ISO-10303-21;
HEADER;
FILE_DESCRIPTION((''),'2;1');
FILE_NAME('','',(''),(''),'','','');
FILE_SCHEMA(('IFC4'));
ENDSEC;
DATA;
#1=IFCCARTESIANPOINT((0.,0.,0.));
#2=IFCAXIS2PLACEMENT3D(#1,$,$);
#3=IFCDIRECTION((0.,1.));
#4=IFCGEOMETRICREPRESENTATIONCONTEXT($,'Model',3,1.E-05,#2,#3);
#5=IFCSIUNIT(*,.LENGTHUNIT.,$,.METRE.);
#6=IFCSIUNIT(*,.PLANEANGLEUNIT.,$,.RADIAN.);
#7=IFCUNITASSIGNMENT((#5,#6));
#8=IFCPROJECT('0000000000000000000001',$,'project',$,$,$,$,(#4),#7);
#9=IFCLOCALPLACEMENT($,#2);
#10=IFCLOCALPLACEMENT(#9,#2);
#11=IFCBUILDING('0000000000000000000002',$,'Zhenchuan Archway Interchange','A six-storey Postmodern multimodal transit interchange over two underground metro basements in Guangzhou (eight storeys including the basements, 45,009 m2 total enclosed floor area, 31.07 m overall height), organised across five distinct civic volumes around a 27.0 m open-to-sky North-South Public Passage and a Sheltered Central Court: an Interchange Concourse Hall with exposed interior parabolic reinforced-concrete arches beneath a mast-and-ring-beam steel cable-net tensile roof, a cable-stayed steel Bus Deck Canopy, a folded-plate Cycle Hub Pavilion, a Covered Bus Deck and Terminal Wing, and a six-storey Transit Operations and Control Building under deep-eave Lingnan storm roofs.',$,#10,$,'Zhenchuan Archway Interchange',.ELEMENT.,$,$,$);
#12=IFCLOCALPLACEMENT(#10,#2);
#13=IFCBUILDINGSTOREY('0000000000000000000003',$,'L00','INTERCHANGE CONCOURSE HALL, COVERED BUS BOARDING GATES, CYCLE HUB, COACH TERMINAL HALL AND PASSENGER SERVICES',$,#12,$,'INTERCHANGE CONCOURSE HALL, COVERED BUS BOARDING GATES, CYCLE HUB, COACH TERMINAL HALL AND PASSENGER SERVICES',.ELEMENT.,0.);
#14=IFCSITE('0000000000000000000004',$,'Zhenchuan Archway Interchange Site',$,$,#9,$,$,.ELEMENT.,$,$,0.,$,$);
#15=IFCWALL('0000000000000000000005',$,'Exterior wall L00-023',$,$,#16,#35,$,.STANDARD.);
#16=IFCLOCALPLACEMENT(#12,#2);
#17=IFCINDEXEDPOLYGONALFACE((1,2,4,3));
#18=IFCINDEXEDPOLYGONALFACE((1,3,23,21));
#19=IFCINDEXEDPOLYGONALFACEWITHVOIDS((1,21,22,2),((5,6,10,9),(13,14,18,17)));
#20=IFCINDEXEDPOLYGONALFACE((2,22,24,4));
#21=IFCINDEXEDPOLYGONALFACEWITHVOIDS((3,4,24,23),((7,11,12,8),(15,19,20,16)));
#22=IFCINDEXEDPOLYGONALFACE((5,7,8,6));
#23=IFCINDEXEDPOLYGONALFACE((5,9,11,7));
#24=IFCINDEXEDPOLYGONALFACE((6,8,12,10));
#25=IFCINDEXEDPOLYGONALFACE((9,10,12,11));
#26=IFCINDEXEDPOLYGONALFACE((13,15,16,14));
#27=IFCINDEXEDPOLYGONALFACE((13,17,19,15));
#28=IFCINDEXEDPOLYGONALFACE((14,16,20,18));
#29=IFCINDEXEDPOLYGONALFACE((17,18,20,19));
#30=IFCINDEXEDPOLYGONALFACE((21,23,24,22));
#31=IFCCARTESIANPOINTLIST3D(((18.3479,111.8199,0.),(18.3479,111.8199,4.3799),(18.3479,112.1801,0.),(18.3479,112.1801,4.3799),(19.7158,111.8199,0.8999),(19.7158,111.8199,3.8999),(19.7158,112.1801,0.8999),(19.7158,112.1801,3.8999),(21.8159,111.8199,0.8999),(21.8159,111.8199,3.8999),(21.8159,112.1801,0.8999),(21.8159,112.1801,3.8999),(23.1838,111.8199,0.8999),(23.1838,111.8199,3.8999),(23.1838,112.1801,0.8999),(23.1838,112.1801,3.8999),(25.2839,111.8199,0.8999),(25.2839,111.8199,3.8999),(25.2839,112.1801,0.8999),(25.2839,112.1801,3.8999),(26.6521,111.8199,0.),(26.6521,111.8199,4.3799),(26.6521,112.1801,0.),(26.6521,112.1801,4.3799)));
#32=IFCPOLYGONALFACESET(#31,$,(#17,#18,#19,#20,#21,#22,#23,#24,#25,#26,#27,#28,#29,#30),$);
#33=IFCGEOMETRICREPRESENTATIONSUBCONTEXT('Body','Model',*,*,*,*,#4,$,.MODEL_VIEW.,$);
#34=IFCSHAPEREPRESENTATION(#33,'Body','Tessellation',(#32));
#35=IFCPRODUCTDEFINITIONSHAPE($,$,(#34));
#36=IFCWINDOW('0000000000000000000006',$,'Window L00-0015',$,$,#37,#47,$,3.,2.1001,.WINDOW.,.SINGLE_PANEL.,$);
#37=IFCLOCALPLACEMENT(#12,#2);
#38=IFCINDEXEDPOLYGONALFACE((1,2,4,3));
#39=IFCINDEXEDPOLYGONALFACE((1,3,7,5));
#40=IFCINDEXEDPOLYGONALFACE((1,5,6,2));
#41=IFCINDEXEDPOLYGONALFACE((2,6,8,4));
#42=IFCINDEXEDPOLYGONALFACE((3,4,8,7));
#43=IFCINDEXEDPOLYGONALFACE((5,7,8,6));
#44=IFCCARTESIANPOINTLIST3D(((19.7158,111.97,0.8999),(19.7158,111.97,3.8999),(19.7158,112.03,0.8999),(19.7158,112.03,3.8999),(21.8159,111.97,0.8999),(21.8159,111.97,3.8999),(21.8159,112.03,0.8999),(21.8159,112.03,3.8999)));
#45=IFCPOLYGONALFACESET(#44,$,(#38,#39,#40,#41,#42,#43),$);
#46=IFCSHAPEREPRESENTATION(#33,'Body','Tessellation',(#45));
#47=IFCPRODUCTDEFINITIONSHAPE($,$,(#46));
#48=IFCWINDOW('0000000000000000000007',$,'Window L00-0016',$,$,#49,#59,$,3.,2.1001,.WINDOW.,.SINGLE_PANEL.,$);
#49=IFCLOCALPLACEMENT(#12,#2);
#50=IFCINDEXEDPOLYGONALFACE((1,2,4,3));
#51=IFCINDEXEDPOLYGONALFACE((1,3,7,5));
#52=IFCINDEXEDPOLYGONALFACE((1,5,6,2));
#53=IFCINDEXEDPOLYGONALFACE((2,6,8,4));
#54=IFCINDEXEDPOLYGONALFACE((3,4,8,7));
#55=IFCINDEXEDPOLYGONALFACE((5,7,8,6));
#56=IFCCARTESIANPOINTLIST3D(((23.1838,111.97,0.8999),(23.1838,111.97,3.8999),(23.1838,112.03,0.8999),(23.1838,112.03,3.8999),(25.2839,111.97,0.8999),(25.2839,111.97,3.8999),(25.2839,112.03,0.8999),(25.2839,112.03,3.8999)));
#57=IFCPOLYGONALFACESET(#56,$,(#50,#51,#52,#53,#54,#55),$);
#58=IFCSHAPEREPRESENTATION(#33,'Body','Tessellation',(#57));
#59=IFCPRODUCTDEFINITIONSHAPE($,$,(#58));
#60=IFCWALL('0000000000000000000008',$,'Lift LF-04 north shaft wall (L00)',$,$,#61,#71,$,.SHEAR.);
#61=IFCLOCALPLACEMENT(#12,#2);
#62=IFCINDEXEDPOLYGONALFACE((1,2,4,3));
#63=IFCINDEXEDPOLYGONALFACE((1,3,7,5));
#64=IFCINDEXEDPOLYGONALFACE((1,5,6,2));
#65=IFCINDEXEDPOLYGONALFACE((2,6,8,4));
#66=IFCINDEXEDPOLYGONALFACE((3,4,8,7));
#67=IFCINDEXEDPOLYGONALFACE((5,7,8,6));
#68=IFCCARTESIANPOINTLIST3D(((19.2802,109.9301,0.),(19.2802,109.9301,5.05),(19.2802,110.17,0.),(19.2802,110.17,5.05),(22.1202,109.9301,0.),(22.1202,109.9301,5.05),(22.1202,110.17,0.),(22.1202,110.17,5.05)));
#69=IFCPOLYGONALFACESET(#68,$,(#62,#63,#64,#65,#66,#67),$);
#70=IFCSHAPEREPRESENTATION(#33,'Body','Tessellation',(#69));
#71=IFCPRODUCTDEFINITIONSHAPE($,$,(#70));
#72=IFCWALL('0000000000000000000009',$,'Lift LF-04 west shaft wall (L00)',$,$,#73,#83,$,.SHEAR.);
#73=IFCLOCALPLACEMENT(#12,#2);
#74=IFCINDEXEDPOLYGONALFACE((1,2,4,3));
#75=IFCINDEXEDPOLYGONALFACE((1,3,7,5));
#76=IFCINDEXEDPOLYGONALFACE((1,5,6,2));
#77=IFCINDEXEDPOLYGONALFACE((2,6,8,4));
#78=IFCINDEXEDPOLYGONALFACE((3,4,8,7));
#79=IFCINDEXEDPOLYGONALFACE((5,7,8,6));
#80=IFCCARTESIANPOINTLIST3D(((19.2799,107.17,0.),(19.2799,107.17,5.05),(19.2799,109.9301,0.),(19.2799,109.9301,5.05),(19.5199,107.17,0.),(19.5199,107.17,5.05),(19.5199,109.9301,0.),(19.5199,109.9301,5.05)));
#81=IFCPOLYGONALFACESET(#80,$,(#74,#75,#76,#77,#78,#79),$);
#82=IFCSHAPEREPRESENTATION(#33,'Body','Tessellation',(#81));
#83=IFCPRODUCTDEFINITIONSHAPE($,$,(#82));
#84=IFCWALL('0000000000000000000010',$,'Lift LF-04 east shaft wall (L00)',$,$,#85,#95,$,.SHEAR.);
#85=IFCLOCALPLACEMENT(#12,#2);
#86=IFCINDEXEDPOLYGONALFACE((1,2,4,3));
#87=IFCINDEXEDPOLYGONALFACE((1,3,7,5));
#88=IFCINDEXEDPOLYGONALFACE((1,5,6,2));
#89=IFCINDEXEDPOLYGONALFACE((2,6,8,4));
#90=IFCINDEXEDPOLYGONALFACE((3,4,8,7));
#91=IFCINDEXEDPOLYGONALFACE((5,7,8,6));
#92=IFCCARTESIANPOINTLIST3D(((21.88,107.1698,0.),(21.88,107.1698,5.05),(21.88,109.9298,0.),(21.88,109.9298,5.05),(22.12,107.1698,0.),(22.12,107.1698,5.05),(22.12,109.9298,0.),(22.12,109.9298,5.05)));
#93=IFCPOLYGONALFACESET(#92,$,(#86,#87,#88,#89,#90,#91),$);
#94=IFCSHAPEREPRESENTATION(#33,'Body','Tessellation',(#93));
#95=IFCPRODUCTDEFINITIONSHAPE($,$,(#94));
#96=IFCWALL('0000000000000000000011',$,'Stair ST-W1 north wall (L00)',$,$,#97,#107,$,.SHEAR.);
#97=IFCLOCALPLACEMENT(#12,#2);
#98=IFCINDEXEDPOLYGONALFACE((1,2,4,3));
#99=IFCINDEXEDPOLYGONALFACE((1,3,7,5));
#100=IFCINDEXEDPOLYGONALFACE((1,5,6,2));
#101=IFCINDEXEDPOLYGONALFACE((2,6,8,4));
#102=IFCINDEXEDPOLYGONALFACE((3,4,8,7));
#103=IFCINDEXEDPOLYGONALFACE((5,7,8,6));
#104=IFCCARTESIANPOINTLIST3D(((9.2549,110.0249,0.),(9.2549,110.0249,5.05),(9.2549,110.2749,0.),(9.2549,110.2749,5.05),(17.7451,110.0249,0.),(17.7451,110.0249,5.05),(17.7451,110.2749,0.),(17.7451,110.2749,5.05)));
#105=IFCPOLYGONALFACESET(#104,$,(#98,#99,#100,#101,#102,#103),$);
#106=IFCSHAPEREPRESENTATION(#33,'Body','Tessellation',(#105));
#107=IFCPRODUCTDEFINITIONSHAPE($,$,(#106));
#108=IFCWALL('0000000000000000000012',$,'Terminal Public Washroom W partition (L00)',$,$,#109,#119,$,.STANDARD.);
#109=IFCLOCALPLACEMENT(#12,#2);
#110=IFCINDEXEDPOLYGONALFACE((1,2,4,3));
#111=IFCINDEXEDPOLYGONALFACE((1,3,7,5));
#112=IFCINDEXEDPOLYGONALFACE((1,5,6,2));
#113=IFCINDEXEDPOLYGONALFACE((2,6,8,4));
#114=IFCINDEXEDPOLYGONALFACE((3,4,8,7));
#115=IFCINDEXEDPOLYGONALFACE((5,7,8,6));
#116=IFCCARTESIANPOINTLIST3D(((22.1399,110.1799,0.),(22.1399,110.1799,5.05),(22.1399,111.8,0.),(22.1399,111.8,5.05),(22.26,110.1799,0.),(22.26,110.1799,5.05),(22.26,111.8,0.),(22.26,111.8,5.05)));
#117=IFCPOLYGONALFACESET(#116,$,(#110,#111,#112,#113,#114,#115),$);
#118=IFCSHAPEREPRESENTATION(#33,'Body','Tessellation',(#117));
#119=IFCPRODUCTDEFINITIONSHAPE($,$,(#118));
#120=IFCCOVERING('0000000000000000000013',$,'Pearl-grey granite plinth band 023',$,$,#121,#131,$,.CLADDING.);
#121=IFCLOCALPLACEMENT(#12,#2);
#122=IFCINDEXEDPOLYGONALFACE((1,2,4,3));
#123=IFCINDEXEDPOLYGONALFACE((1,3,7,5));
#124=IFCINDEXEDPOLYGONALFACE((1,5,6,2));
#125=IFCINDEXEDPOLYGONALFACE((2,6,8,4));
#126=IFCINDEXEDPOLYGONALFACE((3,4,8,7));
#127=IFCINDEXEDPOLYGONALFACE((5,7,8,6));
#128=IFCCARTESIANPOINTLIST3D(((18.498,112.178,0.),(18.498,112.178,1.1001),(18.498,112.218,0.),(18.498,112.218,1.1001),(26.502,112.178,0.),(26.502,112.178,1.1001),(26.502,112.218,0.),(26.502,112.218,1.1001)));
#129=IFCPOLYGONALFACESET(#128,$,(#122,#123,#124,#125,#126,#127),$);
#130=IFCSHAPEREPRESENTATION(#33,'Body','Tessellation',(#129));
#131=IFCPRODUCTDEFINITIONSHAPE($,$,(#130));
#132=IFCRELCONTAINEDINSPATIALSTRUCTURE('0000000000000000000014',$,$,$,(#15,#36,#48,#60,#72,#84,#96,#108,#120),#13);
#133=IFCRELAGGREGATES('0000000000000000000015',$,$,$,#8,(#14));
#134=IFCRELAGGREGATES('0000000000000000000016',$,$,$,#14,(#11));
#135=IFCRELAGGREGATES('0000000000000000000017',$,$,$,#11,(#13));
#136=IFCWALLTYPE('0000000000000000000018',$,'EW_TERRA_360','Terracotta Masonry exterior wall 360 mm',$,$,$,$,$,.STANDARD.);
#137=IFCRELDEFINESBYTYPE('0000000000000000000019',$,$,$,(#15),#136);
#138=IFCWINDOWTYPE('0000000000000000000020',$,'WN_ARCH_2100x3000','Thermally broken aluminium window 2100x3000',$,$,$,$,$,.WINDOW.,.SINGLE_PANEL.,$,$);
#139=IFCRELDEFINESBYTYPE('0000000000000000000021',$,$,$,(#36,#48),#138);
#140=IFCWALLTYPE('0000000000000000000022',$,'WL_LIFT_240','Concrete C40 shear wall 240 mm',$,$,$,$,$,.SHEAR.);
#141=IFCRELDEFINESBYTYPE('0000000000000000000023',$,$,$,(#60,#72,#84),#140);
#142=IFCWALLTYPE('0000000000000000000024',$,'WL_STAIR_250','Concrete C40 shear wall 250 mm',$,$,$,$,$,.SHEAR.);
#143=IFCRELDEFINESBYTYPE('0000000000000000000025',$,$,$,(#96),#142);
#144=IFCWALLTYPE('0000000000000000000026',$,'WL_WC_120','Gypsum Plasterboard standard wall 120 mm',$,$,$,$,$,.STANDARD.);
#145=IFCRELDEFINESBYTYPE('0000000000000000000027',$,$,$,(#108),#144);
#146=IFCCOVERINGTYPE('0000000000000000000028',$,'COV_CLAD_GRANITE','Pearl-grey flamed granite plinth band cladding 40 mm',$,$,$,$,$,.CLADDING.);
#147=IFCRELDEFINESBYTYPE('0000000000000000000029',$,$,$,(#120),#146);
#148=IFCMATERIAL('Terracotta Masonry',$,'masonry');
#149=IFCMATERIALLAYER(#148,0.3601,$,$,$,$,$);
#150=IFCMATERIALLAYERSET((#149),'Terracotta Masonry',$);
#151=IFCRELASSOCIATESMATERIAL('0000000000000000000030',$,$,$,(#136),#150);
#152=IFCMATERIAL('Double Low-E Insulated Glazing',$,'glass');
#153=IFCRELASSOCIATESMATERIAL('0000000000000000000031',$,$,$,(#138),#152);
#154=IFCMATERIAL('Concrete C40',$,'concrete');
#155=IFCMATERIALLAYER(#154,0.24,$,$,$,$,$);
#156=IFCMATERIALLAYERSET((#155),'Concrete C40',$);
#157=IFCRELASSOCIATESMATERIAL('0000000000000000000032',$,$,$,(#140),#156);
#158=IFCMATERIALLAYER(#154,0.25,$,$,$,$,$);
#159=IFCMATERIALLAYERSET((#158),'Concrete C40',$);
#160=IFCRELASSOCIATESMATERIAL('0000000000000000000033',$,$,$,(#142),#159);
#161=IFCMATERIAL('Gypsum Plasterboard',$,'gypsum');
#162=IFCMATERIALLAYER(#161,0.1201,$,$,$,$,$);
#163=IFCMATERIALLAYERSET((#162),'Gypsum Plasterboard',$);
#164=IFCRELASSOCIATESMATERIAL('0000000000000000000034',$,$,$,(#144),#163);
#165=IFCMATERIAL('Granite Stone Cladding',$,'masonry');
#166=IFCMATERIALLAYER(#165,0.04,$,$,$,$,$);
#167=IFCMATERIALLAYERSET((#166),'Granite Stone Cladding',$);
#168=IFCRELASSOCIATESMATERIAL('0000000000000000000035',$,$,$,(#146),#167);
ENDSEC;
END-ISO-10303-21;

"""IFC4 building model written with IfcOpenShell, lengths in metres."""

from ifc_helpers import new_model, si_unit, direction, frame, frame_2d, origin, origin_2d, place, context, subcontext, project, spatial, rectangle, extrude, material, layer, layer_set, type_object, element, fill, save


model = new_model("IFC4")

# Units and contexts
model_context = context("Model", 3, precision=1e-05, world=origin(), true_north=direction((0.0, 1.0)))
body_context = subcontext(model_context, "Body", "Model", "MODEL_VIEW")
ifc_project = project(units=[si_unit("LENGTHUNIT", "METRE"), si_unit("PLANEANGLEUNIT", "RADIAN")], contexts=[model_context])

# Site, building, storey
site_placement = place(None, origin())
site = spatial("IfcSite", under=ifc_project, at=site_placement, Name="Zhenchuan Archway Interchange Site", CompositionType="ELEMENT", RefElevation=0.0)
building_placement = place(site_placement, origin())
building = spatial("IfcBuilding", under=site, at=building_placement, Name="Zhenchuan Archway Interchange", Description="A six-storey Postmodern multimodal transit interchange over two underground metro basements in Guangzhou (eight storeys including the basements, 45,009 m2 total enclosed floor area, 31.07 m overall height), organised across five distinct civic volumes around a 27.0 m open-to-sky North-South Public Passage and a Sheltered Central Court: an Interchange Concourse Hall with exposed interior parabolic reinforced-concrete arches beneath a mast-and-ring-beam steel cable-net tensile roof, a cable-stayed steel Bus Deck Canopy, a folded-plate Cycle Hub Pavilion, a Covered Bus Deck and Terminal Wing, and a six-storey Transit Operations and Control Building under deep-eave Lingnan storm roofs.", LongName="Zhenchuan Archway Interchange", CompositionType="ELEMENT")
storey_placement = place(building_placement, origin())
storey = spatial("IfcBuildingStorey", under=building, at=storey_placement, Name="L00", Description="INTERCHANGE CONCOURSE HALL, COVERED BUS BOARDING GATES, CYCLE HUB, COACH TERMINAL HALL AND PASSENGER SERVICES", LongName="INTERCHANGE CONCOURSE HALL, COVERED BUS BOARDING GATES, CYCLE HUB, COACH TERMINAL HALL AND PASSENGER SERVICES", CompositionType="ELEMENT", Elevation=0.0)

# Shared definitions
ifc_material_1 = material(Name="Concrete C40", Category="concrete")

# Wall, openings, windows
ifc_material_2 = material(Name="Terracotta Masonry", Category="masonry")
ifc_layer_1 = layer(ifc_material_2, 0.3601)
ifc_layer_set_1 = layer_set([ifc_layer_1], Name="Terracotta Masonry")
wall_type_1 = type_object("IfcWallType", Name="EW_TERRA_360", Description="Terracotta Masonry exterior wall 360 mm", PredefinedType="STANDARD", material=ifc_layer_set_1)
wall_1_placement = place(storey_placement, frame((18.3479, 112.0, 0.0), z_axis=(0.0, 0.0, 1.0), x_axis=(1.0, 0.0, 0.0)))
wall_1 = element("IfcWall", 1, at=wall_1_placement, inside=storey, type_object=wall_type_1, Name="Exterior wall L00-023", PredefinedType="STANDARD", context=body_context, shape_type="SweptSolid", body=[
    extrude(rectangle(XDim=8.3042, YDim=0.3601, at=frame_2d((4.1521, 0.0))), origin(), (0.0, 0.0, 1.0), 4.3799),
])
opening_1_placement = place(wall_1_placement, frame((1.3679, 0.0, 0.8999)))
opening_1 = element("IfcOpeningElement", 2, at=opening_1_placement, cuts=wall_1, PredefinedType="OPENING", context=body_context, shape_type="SweptSolid", body=[
    extrude(rectangle(XDim=2.1001, YDim=3.0, at=frame_2d((1.05, 1.5))), frame((0.0, 0.1919, 0.0), z_axis=(0.0, -1.0, 0.0), x_axis=(1.0, 0.0, 0.0)), (0.0, 0.0, 1.0), 0.384),
])
opening_2_placement = place(wall_1_placement, frame((4.8359, 0.0, 0.8999)))
opening_2 = element("IfcOpeningElement", 3, at=opening_2_placement, cuts=wall_1, PredefinedType="OPENING", context=body_context, shape_type="SweptSolid", body=[
    extrude(rectangle(XDim=2.1001, YDim=3.0, at=frame_2d((1.05, 1.5))), frame((0.0, 0.1919, 0.0), z_axis=(0.0, -1.0, 0.0), x_axis=(1.0, 0.0, 0.0)), (0.0, 0.0, 1.0), 0.384),
])
ifc_material_3 = material(Name="Double Low-E Insulated Glazing", Category="glass")
window_type = type_object("IfcWindowType", Name="WN_ARCH_2100x3000", Description="Thermally broken aluminium window 2100x3000", PartitioningType="SINGLE_PANEL", PredefinedType="WINDOW", material=ifc_material_3)
window_1_placement = place(opening_1_placement, origin())
window_1 = element("IfcWindow", 4, at=window_1_placement, inside=storey, type_object=window_type, Name="Window L00-0015", OverallHeight=3.0, OverallWidth=2.1001, PartitioningType="SINGLE_PANEL", PredefinedType="WINDOW", context=body_context, shape_type="SweptSolid", body=[
    extrude(rectangle(XDim=2.1001, YDim=3.0, at=frame_2d((1.05, 1.5))), frame((0.0, 0.03, 0.0), z_axis=(0.0, -1.0, 0.0), x_axis=(1.0, 0.0, 0.0)), (0.0, 0.0, 1.0), 0.0601),
])
fill(opening_1, window_1)
window_2_placement = place(opening_2_placement, origin())
window_2 = element("IfcWindow", 5, at=window_2_placement, inside=storey, type_object=window_type, Name="Window L00-0016", OverallHeight=3.0, OverallWidth=2.1001, PartitioningType="SINGLE_PANEL", PredefinedType="WINDOW", context=body_context, shape_type="SweptSolid", body=[
    extrude(rectangle(XDim=2.1001, YDim=3.0, at=frame_2d((1.05, 1.5))), frame((0.0, 0.03, 0.0), z_axis=(0.0, -1.0, 0.0), x_axis=(1.0, 0.0, 0.0)), (0.0, 0.0, 1.0), 0.0601),
])
fill(opening_2, window_2)

# Walls
ifc_layer_2 = layer(ifc_material_1, 0.24)
ifc_layer_set_2 = layer_set([ifc_layer_2], Name="Concrete C40")
wall_type_2 = type_object("IfcWallType", Name="WL_LIFT_240", Description="Concrete C40 shear wall 240 mm", PredefinedType="SHEAR", material=ifc_layer_set_2)
wall_2_placement = place(storey_placement, frame((22.1201, 110.05, 0.0), z_axis=(0.0, 0.0, 1.0), x_axis=(-1.0, 0.0, 0.0)))
element("IfcWall", 6, at=wall_2_placement, inside=storey, type_object=wall_type_2, Name="Lift LF-04 north shaft wall (L00)", PredefinedType="SHEAR", context=body_context, shape_type="SweptSolid", body=[
    extrude(rectangle(XDim=2.8401, YDim=0.24, at=frame_2d((1.4199, 0.0))), origin(), (0.0, 0.0, 1.0), 5.05),
])
for number, where, z_axis, x_axis, name in (
    (7, (19.3999, 109.9299, 0.0), (0.0, 0.0, 1.0), (0.0, -1.0, 0.0), "Lift LF-04 west shaft wall (L00)"),
    (8, (22.0, 107.1699, 0.0), (0.0, 0.0, 1.0), (0.0, 1.0, 0.0), "Lift LF-04 east shaft wall (L00)"),
):
    element("IfcWall", number, at=place(storey_placement, frame(where, z_axis=z_axis, x_axis=x_axis)), inside=storey, type_object=wall_type_2, Name=name, PredefinedType="SHEAR", context=body_context, shape_type="SweptSolid", body=[
        extrude(rectangle(XDim=2.76, YDim=0.24, at=frame_2d((1.3799, 0.0))), origin(), (0.0, 0.0, 1.0), 5.05),
    ])
ifc_layer_3 = layer(ifc_material_1, 0.25)
ifc_layer_set_3 = layer_set([ifc_layer_3], Name="Concrete C40")
wall_type_3 = type_object("IfcWallType", Name="WL_STAIR_250", Description="Concrete C40 shear wall 250 mm", PredefinedType="SHEAR", material=ifc_layer_set_3)
wall_3_placement = place(storey_placement, frame((17.7451, 110.1499, 0.0), z_axis=(0.0, 0.0, 1.0), x_axis=(-1.0, 0.0, 0.0)))
element("IfcWall", 9, at=wall_3_placement, inside=storey, type_object=wall_type_3, Name="Stair ST-W1 north wall (L00)", PredefinedType="SHEAR", context=body_context, shape_type="SweptSolid", body=[
    extrude(rectangle(XDim=8.4902, YDim=0.25, at=frame_2d((4.2451, 0.0))), origin(), (0.0, 0.0, 1.0), 5.05),
])
ifc_material_4 = material(Name="Gypsum Plasterboard", Category="gypsum")
ifc_layer_4 = layer(ifc_material_4, 0.1201)
ifc_layer_set_4 = layer_set([ifc_layer_4], Name="Gypsum Plasterboard")
wall_type_4 = type_object("IfcWallType", Name="WL_WC_120", Description="Gypsum Plasterboard standard wall 120 mm", PredefinedType="STANDARD", material=ifc_layer_set_4)
wall_4_placement = place(storey_placement, frame((22.2, 110.1799, 0.0), z_axis=(0.0, 0.0, 1.0), x_axis=(0.0, 1.0, 0.0)))
element("IfcWall", 10, at=wall_4_placement, inside=storey, type_object=wall_type_4, Name="Terminal Public Washroom W partition (L00)", PredefinedType="STANDARD", context=body_context, shape_type="SweptSolid", body=[
    extrude(rectangle(XDim=1.6201, YDim=0.1201, at=frame_2d((0.8101, 0.0))), origin(), (0.0, 0.0, 1.0), 5.05),
])

# Covering
ifc_material_5 = material(Name="Granite Stone Cladding", Category="masonry")
ifc_layer_5 = layer(ifc_material_5, 0.04)
ifc_layer_set_5 = layer_set([ifc_layer_5], Name="Granite Stone Cladding")
covering_type = type_object("IfcCoveringType", Name="COV_CLAD_GRANITE", Description="Pearl-grey flamed granite plinth band cladding 40 mm", PredefinedType="CLADDING", material=ifc_layer_set_5)
covering_placement = place(storey_placement, frame((22.5, 112.198, 0.0), z_axis=(0.0, 0.0, 1.0), x_axis=(1.0, 0.0, 0.0)))
element("IfcCovering", 11, at=covering_placement, inside=storey, type_object=covering_type, Name="Pearl-grey granite plinth band 023", PredefinedType="CLADDING", context=body_context, shape_type="SweptSolid", body=[
    extrude(rectangle(XDim=8.0039, YDim=0.04, at=origin_2d()), origin(), (0.0, 0.0, 1.0), 1.1001),
])

save(model, "model.ifc")
